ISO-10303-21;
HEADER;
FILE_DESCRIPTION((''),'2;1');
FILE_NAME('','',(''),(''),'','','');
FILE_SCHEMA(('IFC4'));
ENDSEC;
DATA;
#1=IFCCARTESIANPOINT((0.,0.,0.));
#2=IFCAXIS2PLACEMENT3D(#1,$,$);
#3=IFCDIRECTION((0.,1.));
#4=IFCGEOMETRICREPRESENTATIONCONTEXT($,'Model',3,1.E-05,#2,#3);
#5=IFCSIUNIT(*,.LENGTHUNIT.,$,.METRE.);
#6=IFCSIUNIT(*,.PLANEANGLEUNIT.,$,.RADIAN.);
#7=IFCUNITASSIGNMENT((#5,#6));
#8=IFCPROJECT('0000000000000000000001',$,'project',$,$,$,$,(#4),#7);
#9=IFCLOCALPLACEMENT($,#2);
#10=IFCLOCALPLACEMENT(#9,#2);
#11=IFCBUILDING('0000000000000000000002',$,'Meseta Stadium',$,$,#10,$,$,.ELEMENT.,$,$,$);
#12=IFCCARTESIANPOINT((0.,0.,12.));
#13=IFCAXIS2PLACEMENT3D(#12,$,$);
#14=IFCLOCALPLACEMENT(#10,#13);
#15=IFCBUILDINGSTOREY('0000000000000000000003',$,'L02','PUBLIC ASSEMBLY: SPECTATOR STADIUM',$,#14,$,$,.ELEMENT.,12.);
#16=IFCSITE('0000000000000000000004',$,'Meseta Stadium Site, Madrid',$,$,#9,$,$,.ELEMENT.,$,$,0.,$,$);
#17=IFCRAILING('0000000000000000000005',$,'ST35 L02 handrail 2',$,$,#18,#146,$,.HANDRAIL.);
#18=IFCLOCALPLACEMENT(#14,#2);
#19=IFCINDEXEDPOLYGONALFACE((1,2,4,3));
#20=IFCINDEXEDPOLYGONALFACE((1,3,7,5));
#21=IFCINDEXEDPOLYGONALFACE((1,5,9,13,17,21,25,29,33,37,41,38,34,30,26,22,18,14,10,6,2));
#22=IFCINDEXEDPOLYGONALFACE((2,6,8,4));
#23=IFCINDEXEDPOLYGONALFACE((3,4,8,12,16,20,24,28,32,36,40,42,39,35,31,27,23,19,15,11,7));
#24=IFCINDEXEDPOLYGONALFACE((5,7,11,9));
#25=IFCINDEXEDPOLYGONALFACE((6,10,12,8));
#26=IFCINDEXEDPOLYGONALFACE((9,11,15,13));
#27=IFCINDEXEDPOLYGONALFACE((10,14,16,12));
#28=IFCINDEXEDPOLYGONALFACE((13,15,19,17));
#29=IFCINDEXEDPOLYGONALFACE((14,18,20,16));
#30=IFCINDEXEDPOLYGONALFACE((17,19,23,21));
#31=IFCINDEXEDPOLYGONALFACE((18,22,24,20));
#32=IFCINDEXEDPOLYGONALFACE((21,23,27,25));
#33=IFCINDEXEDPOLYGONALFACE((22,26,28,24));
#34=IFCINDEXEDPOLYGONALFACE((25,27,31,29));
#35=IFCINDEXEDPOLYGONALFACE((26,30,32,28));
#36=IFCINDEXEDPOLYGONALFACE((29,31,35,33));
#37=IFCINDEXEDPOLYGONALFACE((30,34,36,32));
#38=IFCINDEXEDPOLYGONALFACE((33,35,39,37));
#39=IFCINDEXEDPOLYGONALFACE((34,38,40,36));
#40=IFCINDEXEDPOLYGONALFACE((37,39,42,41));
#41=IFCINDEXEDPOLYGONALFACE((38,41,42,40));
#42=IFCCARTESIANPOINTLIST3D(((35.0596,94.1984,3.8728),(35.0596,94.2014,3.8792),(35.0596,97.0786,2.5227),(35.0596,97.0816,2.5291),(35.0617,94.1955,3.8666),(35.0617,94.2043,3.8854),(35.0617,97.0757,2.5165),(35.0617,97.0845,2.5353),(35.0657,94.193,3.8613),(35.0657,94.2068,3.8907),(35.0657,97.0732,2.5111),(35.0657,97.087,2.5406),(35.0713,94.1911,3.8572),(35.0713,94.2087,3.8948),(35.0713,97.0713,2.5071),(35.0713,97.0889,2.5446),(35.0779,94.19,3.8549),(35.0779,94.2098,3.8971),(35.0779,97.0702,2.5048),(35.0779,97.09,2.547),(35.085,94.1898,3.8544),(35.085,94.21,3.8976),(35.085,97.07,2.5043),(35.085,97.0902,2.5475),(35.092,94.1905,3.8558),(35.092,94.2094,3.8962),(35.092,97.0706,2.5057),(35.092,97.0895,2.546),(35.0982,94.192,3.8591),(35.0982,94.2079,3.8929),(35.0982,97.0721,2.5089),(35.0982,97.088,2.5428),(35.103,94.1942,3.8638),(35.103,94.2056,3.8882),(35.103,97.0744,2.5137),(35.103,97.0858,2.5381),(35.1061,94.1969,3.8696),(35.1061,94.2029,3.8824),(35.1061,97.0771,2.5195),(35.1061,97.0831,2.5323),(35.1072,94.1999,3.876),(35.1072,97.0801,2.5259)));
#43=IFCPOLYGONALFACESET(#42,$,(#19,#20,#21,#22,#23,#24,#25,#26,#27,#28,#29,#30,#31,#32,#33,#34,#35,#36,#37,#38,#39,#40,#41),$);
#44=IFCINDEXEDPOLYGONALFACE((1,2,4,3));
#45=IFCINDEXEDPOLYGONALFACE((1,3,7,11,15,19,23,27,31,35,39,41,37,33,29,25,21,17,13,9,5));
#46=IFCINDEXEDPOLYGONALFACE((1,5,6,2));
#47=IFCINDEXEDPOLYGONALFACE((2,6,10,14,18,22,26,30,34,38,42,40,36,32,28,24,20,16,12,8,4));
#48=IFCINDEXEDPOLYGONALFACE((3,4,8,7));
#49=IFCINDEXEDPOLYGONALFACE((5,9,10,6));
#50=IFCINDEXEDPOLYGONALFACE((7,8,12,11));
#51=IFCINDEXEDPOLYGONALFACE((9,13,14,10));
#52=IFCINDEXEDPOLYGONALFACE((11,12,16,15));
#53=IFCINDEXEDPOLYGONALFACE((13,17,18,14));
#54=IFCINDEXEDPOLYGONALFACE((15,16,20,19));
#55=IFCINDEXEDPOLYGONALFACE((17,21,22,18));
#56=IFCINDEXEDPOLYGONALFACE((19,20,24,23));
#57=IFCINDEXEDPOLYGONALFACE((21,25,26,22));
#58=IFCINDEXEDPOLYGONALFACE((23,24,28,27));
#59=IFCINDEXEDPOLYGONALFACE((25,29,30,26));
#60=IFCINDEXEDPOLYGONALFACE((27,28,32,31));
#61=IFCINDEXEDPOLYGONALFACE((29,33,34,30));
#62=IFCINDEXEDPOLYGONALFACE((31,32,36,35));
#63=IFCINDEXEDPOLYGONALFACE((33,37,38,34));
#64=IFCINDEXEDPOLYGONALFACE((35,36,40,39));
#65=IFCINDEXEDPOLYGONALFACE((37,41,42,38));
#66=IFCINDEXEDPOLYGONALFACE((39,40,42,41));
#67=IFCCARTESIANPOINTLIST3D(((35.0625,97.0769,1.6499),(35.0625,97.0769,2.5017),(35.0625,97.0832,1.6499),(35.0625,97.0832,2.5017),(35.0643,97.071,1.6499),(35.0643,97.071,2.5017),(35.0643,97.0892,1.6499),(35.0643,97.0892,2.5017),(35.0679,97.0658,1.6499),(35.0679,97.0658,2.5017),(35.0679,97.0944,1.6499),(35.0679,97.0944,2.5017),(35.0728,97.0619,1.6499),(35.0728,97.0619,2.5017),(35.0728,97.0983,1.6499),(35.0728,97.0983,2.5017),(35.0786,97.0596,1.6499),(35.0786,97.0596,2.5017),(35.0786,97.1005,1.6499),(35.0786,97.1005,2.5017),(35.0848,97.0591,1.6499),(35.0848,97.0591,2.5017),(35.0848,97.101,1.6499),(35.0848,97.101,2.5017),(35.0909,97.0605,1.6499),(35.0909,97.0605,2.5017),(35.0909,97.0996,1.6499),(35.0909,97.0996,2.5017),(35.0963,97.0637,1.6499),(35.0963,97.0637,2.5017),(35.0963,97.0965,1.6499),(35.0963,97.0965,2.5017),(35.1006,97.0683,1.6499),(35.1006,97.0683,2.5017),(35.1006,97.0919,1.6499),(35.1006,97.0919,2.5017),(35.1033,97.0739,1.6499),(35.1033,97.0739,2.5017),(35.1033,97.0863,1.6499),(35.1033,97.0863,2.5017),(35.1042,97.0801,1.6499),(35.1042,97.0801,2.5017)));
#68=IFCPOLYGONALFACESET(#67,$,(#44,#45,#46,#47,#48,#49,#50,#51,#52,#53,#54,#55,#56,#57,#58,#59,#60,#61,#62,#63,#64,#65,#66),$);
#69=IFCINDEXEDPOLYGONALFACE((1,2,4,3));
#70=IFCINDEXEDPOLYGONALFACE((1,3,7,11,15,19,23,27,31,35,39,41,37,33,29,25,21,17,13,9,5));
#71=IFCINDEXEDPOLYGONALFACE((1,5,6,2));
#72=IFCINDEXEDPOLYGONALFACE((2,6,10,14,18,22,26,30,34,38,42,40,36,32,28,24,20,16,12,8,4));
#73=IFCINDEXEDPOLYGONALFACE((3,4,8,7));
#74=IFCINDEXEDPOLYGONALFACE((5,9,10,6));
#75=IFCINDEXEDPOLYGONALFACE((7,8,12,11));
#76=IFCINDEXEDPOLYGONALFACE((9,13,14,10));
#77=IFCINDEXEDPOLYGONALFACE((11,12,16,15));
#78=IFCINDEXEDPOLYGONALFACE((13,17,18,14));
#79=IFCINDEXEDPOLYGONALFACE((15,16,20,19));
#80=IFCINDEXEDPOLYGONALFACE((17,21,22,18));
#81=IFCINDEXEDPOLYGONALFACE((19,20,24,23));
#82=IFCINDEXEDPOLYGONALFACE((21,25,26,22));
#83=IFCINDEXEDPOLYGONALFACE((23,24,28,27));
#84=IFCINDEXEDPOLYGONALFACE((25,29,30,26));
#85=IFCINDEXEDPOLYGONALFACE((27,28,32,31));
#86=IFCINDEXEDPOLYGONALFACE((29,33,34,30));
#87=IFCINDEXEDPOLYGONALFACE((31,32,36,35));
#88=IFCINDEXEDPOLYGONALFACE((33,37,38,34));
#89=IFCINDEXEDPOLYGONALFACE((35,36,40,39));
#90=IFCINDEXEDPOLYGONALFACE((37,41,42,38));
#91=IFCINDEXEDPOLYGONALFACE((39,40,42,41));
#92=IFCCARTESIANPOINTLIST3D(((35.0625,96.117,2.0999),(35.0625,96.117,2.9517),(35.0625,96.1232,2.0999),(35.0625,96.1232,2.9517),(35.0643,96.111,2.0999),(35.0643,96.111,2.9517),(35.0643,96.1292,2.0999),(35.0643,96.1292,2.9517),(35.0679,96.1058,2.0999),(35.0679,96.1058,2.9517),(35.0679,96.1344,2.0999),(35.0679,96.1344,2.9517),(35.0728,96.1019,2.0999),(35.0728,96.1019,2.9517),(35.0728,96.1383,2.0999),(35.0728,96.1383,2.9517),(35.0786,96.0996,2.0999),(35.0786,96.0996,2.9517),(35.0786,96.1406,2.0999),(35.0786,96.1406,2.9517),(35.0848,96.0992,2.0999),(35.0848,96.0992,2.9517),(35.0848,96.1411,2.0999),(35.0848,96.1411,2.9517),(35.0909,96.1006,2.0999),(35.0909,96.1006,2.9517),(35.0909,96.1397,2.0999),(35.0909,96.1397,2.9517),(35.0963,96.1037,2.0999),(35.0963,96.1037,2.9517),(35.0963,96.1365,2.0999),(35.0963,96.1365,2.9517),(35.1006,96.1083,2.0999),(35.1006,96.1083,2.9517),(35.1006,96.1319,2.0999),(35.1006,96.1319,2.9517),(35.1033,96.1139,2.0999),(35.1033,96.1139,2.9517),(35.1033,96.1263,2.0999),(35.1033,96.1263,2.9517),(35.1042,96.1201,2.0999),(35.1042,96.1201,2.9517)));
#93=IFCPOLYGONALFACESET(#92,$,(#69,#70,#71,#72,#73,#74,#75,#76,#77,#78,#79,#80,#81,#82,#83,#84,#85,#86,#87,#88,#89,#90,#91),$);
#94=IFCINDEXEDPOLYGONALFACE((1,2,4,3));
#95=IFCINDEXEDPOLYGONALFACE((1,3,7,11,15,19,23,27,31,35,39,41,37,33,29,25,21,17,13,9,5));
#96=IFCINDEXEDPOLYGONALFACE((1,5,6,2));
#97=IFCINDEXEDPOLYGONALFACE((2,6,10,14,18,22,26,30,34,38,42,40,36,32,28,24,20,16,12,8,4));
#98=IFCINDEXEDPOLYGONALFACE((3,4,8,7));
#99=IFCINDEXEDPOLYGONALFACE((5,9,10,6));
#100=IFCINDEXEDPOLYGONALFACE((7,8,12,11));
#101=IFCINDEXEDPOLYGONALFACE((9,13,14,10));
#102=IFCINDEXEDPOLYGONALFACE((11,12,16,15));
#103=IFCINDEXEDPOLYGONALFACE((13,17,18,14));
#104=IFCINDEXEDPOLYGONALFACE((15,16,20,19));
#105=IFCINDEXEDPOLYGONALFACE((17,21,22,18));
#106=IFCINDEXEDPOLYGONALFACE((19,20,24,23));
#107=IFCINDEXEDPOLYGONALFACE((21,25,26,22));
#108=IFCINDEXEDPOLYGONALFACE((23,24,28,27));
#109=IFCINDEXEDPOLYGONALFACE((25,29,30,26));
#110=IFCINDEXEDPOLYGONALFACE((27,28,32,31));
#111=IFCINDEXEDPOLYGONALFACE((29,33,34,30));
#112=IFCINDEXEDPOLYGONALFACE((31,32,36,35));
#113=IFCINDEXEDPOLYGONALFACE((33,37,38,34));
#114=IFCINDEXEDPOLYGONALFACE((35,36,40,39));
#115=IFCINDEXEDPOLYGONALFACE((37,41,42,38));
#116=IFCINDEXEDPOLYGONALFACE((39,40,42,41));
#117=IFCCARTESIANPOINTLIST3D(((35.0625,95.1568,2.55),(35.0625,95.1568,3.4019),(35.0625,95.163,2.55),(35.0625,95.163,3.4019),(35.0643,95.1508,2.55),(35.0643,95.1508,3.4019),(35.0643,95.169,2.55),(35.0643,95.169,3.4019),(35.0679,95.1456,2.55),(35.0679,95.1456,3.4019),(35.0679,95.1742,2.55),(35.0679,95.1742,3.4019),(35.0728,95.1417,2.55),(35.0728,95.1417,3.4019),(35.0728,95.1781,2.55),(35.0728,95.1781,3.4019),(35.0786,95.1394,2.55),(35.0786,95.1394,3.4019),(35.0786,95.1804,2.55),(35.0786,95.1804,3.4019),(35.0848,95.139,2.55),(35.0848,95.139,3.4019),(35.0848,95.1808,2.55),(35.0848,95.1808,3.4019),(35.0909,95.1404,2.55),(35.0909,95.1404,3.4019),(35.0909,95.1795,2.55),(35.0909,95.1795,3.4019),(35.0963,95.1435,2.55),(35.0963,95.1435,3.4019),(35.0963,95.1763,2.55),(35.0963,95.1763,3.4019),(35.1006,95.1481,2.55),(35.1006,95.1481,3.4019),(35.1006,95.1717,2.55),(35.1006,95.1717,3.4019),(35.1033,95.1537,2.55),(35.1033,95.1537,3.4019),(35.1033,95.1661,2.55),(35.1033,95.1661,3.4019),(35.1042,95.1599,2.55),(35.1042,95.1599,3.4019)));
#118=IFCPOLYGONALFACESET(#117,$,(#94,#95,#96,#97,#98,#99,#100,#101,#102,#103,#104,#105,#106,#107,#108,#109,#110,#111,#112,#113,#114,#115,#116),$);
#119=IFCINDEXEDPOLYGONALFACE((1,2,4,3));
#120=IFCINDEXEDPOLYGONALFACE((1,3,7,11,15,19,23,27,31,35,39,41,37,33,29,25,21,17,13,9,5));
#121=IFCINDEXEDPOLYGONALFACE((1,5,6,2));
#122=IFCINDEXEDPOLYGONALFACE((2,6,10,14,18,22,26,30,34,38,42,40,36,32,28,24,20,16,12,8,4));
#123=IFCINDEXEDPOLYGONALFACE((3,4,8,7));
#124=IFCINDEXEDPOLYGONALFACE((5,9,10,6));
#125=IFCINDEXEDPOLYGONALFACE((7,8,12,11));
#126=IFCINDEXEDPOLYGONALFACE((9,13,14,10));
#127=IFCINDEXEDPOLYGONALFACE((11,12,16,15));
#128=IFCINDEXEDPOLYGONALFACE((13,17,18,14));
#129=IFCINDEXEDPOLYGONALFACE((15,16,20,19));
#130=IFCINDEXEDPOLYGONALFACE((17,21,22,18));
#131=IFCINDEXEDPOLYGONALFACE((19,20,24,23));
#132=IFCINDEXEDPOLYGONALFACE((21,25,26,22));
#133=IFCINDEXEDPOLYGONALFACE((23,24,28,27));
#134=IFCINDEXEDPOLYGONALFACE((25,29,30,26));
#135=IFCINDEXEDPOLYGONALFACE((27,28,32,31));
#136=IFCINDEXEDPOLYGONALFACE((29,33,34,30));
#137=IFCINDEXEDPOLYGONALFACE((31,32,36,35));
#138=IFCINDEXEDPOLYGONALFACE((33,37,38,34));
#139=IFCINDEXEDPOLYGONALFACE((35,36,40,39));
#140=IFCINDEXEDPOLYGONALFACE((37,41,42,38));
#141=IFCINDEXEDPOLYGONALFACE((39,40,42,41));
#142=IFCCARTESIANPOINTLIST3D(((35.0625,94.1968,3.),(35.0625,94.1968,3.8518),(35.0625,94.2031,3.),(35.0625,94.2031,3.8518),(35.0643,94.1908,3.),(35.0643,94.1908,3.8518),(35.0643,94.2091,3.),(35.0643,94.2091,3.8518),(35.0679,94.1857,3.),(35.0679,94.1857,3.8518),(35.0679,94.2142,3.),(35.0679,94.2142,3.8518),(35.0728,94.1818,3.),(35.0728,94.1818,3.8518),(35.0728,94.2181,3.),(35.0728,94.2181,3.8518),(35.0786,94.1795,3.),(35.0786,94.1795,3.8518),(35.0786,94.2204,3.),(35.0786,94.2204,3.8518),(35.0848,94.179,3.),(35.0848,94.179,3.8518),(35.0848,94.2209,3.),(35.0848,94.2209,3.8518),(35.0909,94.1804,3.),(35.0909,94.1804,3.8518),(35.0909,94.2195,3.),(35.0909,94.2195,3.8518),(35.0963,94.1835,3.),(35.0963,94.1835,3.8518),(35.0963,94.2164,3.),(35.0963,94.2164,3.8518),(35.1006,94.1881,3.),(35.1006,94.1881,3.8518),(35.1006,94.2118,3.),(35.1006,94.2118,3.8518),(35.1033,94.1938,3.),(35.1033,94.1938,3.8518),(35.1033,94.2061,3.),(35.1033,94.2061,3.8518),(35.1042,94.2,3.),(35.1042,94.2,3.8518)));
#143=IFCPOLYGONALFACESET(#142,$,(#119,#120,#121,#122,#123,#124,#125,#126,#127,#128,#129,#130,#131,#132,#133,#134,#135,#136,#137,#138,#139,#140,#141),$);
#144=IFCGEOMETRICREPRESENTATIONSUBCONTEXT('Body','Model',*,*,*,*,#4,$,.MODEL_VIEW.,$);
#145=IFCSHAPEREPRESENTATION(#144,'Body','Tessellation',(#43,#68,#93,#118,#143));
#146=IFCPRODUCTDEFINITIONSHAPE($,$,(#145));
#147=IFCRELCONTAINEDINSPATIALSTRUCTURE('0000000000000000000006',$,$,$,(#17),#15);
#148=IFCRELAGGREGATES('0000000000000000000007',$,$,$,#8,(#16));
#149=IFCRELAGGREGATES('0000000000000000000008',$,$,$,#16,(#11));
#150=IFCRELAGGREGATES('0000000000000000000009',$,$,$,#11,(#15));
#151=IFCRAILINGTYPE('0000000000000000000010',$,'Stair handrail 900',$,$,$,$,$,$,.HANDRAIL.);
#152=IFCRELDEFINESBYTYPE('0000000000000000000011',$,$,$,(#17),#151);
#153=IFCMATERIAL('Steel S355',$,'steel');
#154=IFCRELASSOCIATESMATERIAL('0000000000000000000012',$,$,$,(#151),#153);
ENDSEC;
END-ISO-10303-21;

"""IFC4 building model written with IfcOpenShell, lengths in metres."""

from ifc_helpers import new_model, si_unit, direction, frame, origin, origin_2d, place, context, subcontext, project, spatial, circle, extrude, material, type_object, element, save


model = new_model("IFC4")

# Units and contexts
model_context = context("Model", 3, precision=1e-05, world=origin(), true_north=direction((0.0, 1.0)))
body_context = subcontext(model_context, "Body", "Model", "MODEL_VIEW")
ifc_project = project(units=[si_unit("LENGTHUNIT", "METRE"), si_unit("PLANEANGLEUNIT", "RADIAN")], contexts=[model_context])

# Site, building, storey
site_placement = place(None, origin())
site = spatial("IfcSite", under=ifc_project, at=site_placement, Name="Meseta Stadium Site, Madrid", CompositionType="ELEMENT", RefElevation=0.0)
building_placement = place(site_placement, origin())
building = spatial("IfcBuilding", under=site, at=building_placement, Name="Meseta Stadium", CompositionType="ELEMENT")
storey_placement = place(building_placement, frame((0.0, 0.0, 12.0)))
storey = spatial("IfcBuildingStorey", under=building, at=storey_placement, Name="L02", Description="PUBLIC ASSEMBLY: SPECTATOR STADIUM", CompositionType="ELEMENT", Elevation=12.0)

# Railing
ifc_material_1 = material(Name="Steel S355", Category="steel")
railing_type_1 = type_object("IfcRailingType", Name="Stair handrail 900", PredefinedType="HANDRAIL", material=ifc_material_1)
railing_1_placement = place(storey_placement, frame((35.0833, 97.0801, 1.6499)))
element("IfcRailing", 1, at=railing_1_placement, inside=storey, type_object=railing_type_1, Name="ST35 L02 handrail 2", PredefinedType="HANDRAIL", context=body_context, shape_type="SweptSolid", body=[
    extrude(circle(Radius=0.0239, at=origin_2d()), frame((0.0, 0.0, 0.876), z_axis=(0.0, -0.905454, 0.424444), x_axis=(1.0, 0.0, 0.0)), (0.0, 0.0, 1.0), 3.1809),
    extrude(circle(Radius=0.021, at=origin_2d()), origin(), (0.0, 0.0, 1.0), 0.8518),
    extrude(circle(Radius=0.021, at=origin_2d()), frame((0.0, -0.96, 0.45)), (0.0, 0.0, 1.0), 0.8518),
    extrude(circle(Radius=0.021, at=origin_2d()), frame((0.0, -1.9202, 0.9001)), (0.0, 0.0, 1.0), 0.8518),
    extrude(circle(Radius=0.021, at=origin_2d()), frame((0.0, -2.8801, 1.3501)), (0.0, 0.0, 1.0), 0.8518),
])

save(model, "model.ifc")
